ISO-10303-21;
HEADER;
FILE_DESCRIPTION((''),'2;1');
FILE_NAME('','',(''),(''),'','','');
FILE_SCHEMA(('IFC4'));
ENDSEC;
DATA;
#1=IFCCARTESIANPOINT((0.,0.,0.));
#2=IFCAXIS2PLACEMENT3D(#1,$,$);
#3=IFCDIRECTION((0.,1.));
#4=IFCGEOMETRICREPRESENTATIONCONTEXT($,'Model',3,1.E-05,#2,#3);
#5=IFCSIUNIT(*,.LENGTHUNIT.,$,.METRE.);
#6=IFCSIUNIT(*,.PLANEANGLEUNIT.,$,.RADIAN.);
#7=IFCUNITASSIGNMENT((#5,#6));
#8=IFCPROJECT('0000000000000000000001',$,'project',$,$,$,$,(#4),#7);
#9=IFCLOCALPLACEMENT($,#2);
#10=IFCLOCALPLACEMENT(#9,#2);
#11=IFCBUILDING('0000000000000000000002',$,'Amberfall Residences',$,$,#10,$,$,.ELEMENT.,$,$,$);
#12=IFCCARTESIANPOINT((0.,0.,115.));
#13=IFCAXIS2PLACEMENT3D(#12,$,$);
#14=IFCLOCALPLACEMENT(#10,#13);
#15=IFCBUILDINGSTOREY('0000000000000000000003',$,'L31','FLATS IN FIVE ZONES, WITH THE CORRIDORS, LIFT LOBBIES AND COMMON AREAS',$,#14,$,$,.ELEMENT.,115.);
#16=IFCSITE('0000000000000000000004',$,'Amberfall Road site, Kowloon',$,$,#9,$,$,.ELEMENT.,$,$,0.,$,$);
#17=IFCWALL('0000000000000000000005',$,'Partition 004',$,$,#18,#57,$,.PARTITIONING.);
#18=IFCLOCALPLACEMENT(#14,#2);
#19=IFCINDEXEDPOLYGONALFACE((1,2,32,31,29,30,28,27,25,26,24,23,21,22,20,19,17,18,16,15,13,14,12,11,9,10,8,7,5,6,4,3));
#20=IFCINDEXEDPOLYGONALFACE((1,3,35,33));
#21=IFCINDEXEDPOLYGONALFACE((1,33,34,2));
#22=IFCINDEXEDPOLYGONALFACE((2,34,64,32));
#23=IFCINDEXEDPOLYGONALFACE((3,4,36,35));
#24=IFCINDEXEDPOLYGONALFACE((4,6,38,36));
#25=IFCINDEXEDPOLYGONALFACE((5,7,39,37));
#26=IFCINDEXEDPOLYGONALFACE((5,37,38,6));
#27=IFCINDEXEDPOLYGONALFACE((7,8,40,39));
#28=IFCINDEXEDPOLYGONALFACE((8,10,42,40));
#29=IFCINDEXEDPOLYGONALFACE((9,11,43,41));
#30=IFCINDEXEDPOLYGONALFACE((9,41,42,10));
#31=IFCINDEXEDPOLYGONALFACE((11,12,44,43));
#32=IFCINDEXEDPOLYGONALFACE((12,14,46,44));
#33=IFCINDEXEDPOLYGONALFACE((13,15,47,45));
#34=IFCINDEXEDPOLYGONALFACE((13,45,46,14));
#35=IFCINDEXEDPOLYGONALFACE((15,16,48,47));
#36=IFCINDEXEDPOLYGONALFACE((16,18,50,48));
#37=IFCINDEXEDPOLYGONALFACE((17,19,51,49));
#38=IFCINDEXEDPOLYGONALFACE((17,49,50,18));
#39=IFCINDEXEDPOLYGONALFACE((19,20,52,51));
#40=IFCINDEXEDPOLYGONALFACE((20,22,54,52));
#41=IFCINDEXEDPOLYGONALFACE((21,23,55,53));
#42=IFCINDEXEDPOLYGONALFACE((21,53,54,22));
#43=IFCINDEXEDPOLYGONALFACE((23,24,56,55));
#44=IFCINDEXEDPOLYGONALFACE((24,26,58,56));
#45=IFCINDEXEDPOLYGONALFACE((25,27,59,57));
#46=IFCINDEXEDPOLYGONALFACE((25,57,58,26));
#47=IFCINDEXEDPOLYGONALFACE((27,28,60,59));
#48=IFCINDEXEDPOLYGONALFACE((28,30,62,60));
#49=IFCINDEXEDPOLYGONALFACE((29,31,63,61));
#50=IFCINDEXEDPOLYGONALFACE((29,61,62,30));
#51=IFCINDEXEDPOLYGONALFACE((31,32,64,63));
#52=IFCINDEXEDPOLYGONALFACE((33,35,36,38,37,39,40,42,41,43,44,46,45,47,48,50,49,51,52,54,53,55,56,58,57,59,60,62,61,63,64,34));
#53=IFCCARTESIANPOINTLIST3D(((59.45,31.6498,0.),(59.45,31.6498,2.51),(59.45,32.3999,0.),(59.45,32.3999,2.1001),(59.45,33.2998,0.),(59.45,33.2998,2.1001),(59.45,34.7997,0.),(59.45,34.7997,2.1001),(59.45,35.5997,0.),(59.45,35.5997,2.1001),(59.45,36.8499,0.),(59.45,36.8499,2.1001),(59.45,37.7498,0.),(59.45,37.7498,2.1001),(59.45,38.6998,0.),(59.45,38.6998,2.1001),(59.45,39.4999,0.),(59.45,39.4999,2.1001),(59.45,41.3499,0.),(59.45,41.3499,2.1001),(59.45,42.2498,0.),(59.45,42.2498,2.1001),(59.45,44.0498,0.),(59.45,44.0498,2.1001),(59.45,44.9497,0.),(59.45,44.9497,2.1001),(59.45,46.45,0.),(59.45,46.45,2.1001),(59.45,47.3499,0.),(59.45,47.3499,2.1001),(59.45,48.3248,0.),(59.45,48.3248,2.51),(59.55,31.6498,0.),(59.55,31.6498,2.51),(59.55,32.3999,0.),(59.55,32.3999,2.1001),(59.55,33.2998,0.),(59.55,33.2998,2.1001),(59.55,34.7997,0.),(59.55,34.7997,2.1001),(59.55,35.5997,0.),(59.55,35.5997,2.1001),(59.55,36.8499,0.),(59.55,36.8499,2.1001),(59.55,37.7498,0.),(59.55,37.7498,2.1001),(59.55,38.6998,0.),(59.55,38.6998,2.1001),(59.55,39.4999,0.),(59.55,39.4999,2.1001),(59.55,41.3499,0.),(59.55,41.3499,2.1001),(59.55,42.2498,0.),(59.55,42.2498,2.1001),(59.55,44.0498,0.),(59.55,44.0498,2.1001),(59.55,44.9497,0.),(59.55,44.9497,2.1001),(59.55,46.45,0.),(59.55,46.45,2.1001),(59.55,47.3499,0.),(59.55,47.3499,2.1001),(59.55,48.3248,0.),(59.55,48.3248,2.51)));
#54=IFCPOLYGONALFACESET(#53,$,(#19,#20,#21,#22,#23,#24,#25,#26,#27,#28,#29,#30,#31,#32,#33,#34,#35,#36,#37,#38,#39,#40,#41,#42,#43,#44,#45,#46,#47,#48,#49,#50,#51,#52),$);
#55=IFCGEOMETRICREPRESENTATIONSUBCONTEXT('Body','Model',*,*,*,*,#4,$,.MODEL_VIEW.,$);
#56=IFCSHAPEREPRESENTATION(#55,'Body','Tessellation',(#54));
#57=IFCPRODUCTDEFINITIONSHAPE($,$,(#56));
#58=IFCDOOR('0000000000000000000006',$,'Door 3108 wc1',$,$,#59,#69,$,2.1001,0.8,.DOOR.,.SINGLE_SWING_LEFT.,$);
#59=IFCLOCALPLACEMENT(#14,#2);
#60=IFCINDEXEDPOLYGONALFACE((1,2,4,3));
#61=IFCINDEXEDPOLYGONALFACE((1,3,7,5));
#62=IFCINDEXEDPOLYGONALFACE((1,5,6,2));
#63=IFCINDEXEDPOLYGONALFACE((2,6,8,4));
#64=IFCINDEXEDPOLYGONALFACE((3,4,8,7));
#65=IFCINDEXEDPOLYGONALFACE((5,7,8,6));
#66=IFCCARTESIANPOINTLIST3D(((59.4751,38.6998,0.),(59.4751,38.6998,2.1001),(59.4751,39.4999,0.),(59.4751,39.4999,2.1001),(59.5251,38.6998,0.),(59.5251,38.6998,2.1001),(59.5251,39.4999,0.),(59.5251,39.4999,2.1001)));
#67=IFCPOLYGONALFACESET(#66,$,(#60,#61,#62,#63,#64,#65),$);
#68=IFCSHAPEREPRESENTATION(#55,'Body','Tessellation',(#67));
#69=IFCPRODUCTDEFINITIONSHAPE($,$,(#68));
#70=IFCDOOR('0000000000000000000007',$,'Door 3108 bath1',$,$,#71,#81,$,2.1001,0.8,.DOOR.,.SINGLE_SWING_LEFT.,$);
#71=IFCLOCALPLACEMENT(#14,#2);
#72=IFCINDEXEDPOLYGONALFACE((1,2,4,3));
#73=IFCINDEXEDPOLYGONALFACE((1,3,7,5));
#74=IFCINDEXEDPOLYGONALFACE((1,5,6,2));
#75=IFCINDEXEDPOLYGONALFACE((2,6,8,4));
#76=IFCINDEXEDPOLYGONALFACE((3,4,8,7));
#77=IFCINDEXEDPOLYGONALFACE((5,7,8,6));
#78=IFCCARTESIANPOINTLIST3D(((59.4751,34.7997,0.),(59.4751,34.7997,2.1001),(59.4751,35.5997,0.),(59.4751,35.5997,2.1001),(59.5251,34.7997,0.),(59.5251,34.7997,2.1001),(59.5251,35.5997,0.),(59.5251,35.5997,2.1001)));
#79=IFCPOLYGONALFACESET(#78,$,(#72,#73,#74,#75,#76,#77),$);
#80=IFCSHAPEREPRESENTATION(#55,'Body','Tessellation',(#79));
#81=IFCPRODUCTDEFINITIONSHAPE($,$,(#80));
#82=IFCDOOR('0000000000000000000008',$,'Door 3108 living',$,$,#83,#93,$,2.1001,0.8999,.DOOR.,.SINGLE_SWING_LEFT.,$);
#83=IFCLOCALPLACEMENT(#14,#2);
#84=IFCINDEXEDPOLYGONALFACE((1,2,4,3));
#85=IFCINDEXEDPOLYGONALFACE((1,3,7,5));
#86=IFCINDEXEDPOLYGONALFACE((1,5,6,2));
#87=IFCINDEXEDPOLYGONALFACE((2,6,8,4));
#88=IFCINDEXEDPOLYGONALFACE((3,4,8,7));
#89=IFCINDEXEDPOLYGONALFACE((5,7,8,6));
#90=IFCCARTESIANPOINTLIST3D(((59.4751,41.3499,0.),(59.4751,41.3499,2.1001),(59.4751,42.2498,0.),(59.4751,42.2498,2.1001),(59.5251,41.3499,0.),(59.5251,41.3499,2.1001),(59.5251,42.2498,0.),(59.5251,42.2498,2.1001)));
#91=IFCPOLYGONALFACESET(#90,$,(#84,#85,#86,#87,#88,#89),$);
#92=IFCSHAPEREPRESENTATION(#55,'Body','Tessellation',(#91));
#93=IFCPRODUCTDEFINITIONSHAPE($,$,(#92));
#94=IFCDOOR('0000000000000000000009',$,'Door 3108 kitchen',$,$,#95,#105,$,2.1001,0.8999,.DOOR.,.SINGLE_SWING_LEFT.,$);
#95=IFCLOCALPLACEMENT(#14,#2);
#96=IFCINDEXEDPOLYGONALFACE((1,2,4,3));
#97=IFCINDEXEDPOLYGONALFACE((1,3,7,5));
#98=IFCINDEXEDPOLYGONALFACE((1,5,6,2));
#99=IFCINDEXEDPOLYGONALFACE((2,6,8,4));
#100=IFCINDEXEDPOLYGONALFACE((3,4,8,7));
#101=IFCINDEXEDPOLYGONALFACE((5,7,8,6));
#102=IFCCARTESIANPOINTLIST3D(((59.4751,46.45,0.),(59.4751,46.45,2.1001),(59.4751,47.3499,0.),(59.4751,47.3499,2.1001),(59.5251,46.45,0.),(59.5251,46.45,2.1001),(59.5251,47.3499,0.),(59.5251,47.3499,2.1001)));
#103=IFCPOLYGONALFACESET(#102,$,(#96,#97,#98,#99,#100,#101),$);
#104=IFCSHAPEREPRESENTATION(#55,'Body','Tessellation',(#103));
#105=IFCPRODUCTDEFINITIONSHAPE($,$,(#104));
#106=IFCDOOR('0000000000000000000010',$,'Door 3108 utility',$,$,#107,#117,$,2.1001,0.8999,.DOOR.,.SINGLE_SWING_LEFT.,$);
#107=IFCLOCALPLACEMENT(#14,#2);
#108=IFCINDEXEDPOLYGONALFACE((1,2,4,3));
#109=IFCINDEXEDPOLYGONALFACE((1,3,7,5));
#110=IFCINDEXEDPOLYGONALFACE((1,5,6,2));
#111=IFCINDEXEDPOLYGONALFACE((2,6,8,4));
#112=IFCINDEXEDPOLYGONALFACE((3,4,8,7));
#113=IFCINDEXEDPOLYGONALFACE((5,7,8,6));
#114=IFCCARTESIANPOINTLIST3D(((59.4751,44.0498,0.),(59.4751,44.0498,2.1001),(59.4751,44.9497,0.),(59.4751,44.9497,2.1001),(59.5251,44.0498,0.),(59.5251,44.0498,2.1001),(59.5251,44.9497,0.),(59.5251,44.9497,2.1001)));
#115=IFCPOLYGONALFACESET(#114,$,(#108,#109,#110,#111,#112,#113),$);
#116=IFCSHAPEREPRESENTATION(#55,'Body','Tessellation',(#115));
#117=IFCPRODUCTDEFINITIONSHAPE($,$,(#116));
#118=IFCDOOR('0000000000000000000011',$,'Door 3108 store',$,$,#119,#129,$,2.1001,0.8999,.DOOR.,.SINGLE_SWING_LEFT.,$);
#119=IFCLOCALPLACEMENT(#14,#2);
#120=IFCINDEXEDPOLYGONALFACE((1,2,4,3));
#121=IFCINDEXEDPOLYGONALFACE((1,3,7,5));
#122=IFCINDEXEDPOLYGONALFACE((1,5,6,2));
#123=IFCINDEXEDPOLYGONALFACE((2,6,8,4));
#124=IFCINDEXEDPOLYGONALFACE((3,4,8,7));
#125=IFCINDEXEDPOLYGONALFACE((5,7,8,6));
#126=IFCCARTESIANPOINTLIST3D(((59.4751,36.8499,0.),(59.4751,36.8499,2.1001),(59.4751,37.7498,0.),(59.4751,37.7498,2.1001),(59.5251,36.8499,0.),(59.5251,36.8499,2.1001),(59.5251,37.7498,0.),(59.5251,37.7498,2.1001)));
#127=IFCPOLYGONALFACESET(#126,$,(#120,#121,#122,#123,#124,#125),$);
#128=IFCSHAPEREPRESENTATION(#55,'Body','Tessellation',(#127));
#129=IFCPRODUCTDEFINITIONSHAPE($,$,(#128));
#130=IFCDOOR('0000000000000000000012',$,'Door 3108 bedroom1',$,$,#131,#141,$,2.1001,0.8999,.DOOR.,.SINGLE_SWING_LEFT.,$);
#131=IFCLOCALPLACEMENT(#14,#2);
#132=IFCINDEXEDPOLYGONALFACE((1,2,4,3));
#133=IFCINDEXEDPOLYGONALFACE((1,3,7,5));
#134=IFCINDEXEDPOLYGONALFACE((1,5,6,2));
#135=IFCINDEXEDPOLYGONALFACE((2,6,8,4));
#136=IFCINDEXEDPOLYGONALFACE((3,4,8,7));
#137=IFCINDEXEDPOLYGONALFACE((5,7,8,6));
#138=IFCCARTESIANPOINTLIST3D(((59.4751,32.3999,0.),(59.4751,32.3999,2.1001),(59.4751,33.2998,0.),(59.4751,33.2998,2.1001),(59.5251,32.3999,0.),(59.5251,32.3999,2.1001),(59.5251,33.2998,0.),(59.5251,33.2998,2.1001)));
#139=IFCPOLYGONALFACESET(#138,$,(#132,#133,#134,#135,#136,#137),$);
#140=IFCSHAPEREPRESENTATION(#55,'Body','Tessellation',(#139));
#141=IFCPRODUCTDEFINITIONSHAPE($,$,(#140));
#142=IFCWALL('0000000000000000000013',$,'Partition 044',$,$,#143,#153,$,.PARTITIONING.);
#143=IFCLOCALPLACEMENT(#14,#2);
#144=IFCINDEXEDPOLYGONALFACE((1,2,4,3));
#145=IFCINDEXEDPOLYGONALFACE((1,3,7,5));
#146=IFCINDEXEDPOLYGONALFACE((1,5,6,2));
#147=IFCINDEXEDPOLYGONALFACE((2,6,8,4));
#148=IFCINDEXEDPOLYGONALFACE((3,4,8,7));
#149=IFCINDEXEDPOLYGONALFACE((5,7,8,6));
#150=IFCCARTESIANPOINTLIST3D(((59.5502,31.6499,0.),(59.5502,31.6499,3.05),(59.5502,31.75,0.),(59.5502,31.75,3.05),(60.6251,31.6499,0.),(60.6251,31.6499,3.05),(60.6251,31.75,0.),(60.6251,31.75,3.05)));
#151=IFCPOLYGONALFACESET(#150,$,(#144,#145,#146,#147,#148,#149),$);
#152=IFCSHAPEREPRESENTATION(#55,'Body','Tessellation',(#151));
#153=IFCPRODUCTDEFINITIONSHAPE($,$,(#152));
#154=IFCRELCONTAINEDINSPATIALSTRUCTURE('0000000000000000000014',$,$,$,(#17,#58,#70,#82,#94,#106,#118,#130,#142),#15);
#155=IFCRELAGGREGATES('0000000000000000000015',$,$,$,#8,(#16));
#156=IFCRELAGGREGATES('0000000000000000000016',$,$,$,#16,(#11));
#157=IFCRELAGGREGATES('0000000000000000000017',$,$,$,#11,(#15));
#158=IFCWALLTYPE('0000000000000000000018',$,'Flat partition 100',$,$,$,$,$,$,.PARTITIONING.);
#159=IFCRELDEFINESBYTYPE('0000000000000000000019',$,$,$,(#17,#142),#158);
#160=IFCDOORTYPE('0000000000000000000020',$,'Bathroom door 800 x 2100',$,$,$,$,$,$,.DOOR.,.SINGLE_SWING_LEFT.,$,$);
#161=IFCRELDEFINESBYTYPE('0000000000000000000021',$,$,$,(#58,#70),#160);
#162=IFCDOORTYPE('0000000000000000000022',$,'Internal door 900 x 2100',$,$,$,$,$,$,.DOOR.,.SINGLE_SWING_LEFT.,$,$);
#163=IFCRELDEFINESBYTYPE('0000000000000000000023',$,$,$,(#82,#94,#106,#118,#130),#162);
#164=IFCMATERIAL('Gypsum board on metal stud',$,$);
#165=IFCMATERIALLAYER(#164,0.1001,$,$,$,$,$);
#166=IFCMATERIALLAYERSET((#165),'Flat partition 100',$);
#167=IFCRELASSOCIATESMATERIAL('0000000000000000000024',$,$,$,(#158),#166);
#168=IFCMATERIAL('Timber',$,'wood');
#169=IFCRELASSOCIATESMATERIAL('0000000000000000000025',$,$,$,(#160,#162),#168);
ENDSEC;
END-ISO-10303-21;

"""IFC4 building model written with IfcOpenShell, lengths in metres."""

from ifc_helpers import new_model, si_unit, direction, frame, frame_2d, origin, place, context, subcontext, project, spatial, rectangle, extrude, material, layer, layer_set, type_object, element, fill, save


model = new_model("IFC4")

# Units and contexts
model_context = context("Model", 3, precision=1e-05, world=origin(), true_north=direction((0.0, 1.0)))
body_context = subcontext(model_context, "Body", "Model", "MODEL_VIEW")
ifc_project = project(units=[si_unit("LENGTHUNIT", "METRE"), si_unit("PLANEANGLEUNIT", "RADIAN")], contexts=[model_context])

# Site, building, storey
site_placement = place(None, origin())
site = spatial("IfcSite", under=ifc_project, at=site_placement, Name="Amberfall Road site, Kowloon", CompositionType="ELEMENT", RefElevation=0.0)
building_placement = place(site_placement, origin())
building = spatial("IfcBuilding", under=site, at=building_placement, Name="Amberfall Residences", CompositionType="ELEMENT")
storey_placement = place(building_placement, frame((0.0, 0.0, 115.0)))
storey = spatial("IfcBuildingStorey", under=building, at=storey_placement, Name="L31", Description="FLATS IN FIVE ZONES, WITH THE CORRIDORS, LIFT LOBBIES AND COMMON AREAS", CompositionType="ELEMENT", Elevation=115.0)

# Wall, openings, doors
ifc_material_1 = material(Name="Gypsum board on metal stud")
ifc_layer_1 = layer(ifc_material_1, 0.1001)
ifc_layer_set_1 = layer_set([ifc_layer_1], Name="Flat partition 100")
wall_type_1 = type_object("IfcWallType", Name="Flat partition 100", PredefinedType="PARTITIONING", material=ifc_layer_set_1)
wall_1_placement = place(storey_placement, frame((59.5, 31.6499, 0.0), z_axis=(0.0, 0.0, 1.0), x_axis=(0.0, 1.0, 0.0)))
wall_1 = element("IfcWall", 1, at=wall_1_placement, inside=storey, type_object=wall_type_1, Name="Partition 004", PredefinedType="PARTITIONING", context=body_context, shape_type="SweptSolid", body=[
    extrude(rectangle(XDim=16.675, YDim=0.1001, at=frame_2d((8.3374, 0.0))), origin(), (0.0, 0.0, 1.0), 2.51),
])
opening_1_placement = place(wall_1_placement, frame((9.7, 0.0, 0.0)))
opening_1 = element("IfcOpeningElement", 2, at=opening_1_placement, cuts=wall_1, PredefinedType="OPENING", context=body_context, shape_type="SweptSolid", body=[
    extrude(rectangle(XDim=0.8999, YDim=2.1001, at=frame_2d((0.45, 1.05))), frame((0.0, 0.0601, 0.0), z_axis=(0.0, -1.0, 0.0), x_axis=(1.0, 0.0, 0.0)), (0.0, 0.0, 1.0), 0.1201),
])
opening_2_placement = place(wall_1_placement, frame((14.8, 0.0, 0.0)))
opening_2 = element("IfcOpeningElement", 3, at=opening_2_placement, cuts=wall_1, PredefinedType="OPENING", context=body_context, shape_type="SweptSolid", body=[
    extrude(rectangle(XDim=0.8999, YDim=2.1001, at=frame_2d((0.45, 1.05))), frame((0.0, 0.0601, 0.0), z_axis=(0.0, -1.0, 0.0), x_axis=(1.0, 0.0, 0.0)), (0.0, 0.0, 1.0), 0.1201),
])
opening_3_placement = place(wall_1_placement, frame((12.3999, 0.0, 0.0)))
opening_3 = element("IfcOpeningElement", 4, at=opening_3_placement, cuts=wall_1, PredefinedType="OPENING", context=body_context, shape_type="SweptSolid", body=[
    extrude(rectangle(XDim=0.8999, YDim=2.1001, at=frame_2d((0.45, 1.05))), frame((0.0, 0.0601, 0.0), z_axis=(0.0, -1.0, 0.0), x_axis=(1.0, 0.0, 0.0)), (0.0, 0.0, 1.0), 0.1201),
])
opening_4_placement = place(wall_1_placement, frame((5.2, 0.0, 0.0)))
opening_4 = element("IfcOpeningElement", 5, at=opening_4_placement, cuts=wall_1, PredefinedType="OPENING", context=body_context, shape_type="SweptSolid", body=[
    extrude(rectangle(XDim=0.8999, YDim=2.1001, at=frame_2d((0.45, 1.05))), frame((0.0, 0.0601, 0.0), z_axis=(0.0, -1.0, 0.0), x_axis=(1.0, 0.0, 0.0)), (0.0, 0.0, 1.0), 0.1201),
])
opening_5_placement = place(wall_1_placement, frame((7.05, 0.0, 0.0)))
opening_5 = element("IfcOpeningElement", 6, at=opening_5_placement, cuts=wall_1, PredefinedType="OPENING", context=body_context, shape_type="SweptSolid", body=[
    extrude(rectangle(XDim=0.8, YDim=2.1001, at=frame_2d((0.3999, 1.05))), frame((0.0, 0.0601, 0.0), z_axis=(0.0, -1.0, 0.0), x_axis=(1.0, 0.0, 0.0)), (0.0, 0.0, 1.0), 0.1201),
])
opening_6_placement = place(wall_1_placement, frame((0.75, 0.0, 0.0)))
opening_6 = element("IfcOpeningElement", 7, at=opening_6_placement, cuts=wall_1, PredefinedType="OPENING", context=body_context, shape_type="SweptSolid", body=[
    extrude(rectangle(XDim=0.8999, YDim=2.1001, at=frame_2d((0.45, 1.05))), frame((0.0, 0.0601, 0.0), z_axis=(0.0, -1.0, 0.0), x_axis=(1.0, 0.0, 0.0)), (0.0, 0.0, 1.0), 0.1201),
])
opening_7_placement = place(wall_1_placement, frame((3.1499, 0.0, 0.0)))
opening_7 = element("IfcOpeningElement", 8, at=opening_7_placement, cuts=wall_1, PredefinedType="OPENING", context=body_context, shape_type="SweptSolid", body=[
    extrude(rectangle(XDim=0.8, YDim=2.1001, at=frame_2d((0.3999, 1.05))), frame((0.0, 0.0601, 0.0), z_axis=(0.0, -1.0, 0.0), x_axis=(1.0, 0.0, 0.0)), (0.0, 0.0, 1.0), 0.1201),
])
ifc_material_2 = material(Name="Timber", Category="wood")
door_type_1 = type_object("IfcDoorType", Name="Bathroom door 800 x 2100", OperationType="SINGLE_SWING_LEFT", PredefinedType="DOOR", material=ifc_material_2)
door_1_placement = place(opening_5_placement, origin())
door_1 = element("IfcDoor", 9, at=door_1_placement, inside=storey, type_object=door_type_1, Name="Door 3108 wc1", OperationType="SINGLE_SWING_LEFT", OverallHeight=2.1001, OverallWidth=0.8, PredefinedType="DOOR", context=body_context, shape_type="SweptSolid", body=[
    extrude(rectangle(XDim=0.8, YDim=2.1001, at=frame_2d((0.3999, 1.05))), frame((0.0, 0.0249, 0.0), z_axis=(0.0, -1.0, 0.0), x_axis=(1.0, 0.0, 0.0)), (0.0, 0.0, 1.0), 0.05),
])
fill(opening_5, door_1)
door_2_placement = place(opening_7_placement, origin())
door_2 = element("IfcDoor", 10, at=door_2_placement, inside=storey, type_object=door_type_1, Name="Door 3108 bath1", OperationType="SINGLE_SWING_LEFT", OverallHeight=2.1001, OverallWidth=0.8, PredefinedType="DOOR", context=body_context, shape_type="SweptSolid", body=[
    extrude(rectangle(XDim=0.8, YDim=2.1001, at=frame_2d((0.3999, 1.05))), frame((0.0, 0.0249, 0.0), z_axis=(0.0, -1.0, 0.0), x_axis=(1.0, 0.0, 0.0)), (0.0, 0.0, 1.0), 0.05),
])
fill(opening_7, door_2)
door_type_2 = type_object("IfcDoorType", Name="Internal door 900 x 2100", OperationType="SINGLE_SWING_LEFT", PredefinedType="DOOR", material=ifc_material_2)
door_3_placement = place(opening_1_placement, origin())
door_3 = element("IfcDoor", 11, at=door_3_placement, inside=storey, type_object=door_type_2, Name="Door 3108 living", OperationType="SINGLE_SWING_LEFT", OverallHeight=2.1001, OverallWidth=0.8999, PredefinedType="DOOR", context=body_context, shape_type="SweptSolid", body=[
    extrude(rectangle(XDim=0.8999, YDim=2.1001, at=frame_2d((0.45, 1.05))), frame((0.0, 0.0249, 0.0), z_axis=(0.0, -1.0, 0.0), x_axis=(1.0, 0.0, 0.0)), (0.0, 0.0, 1.0), 0.05),
])
fill(opening_1, door_3)
door_4_placement = place(opening_2_placement, origin())
door_4 = element("IfcDoor", 12, at=door_4_placement, inside=storey, type_object=door_type_2, Name="Door 3108 kitchen", OperationType="SINGLE_SWING_LEFT", OverallHeight=2.1001, OverallWidth=0.8999, PredefinedType="DOOR", context=body_context, shape_type="SweptSolid", body=[
    extrude(rectangle(XDim=0.8999, YDim=2.1001, at=frame_2d((0.45, 1.05))), frame((0.0, 0.0249, 0.0), z_axis=(0.0, -1.0, 0.0), x_axis=(1.0, 0.0, 0.0)), (0.0, 0.0, 1.0), 0.05),
])
fill(opening_2, door_4)
door_5_placement = place(opening_3_placement, origin())
door_5 = element("IfcDoor", 13, at=door_5_placement, inside=storey, type_object=door_type_2, Name="Door 3108 utility", OperationType="SINGLE_SWING_LEFT", OverallHeight=2.1001, OverallWidth=0.8999, PredefinedType="DOOR", context=body_context, shape_type="SweptSolid", body=[
    extrude(rectangle(XDim=0.8999, YDim=2.1001, at=frame_2d((0.45, 1.05))), frame((0.0, 0.0249, 0.0), z_axis=(0.0, -1.0, 0.0), x_axis=(1.0, 0.0, 0.0)), (0.0, 0.0, 1.0), 0.05),
])
fill(opening_3, door_5)
door_6_placement = place(opening_4_placement, origin())
door_6 = element("IfcDoor", 14, at=door_6_placement, inside=storey, type_object=door_type_2, Name="Door 3108 store", OperationType="SINGLE_SWING_LEFT", OverallHeight=2.1001, OverallWidth=0.8999, PredefinedType="DOOR", context=body_context, shape_type="SweptSolid", body=[
    extrude(rectangle(XDim=0.8999, YDim=2.1001, at=frame_2d((0.45, 1.05))), frame((0.0, 0.0249, 0.0), z_axis=(0.0, -1.0, 0.0), x_axis=(1.0, 0.0, 0.0)), (0.0, 0.0, 1.0), 0.05),
])
fill(opening_4, door_6)
door_7_placement = place(opening_6_placement, origin())
door_7 = element("IfcDoor", 15, at=door_7_placement, inside=storey, type_object=door_type_2, Name="Door 3108 bedroom1", OperationType="SINGLE_SWING_LEFT", OverallHeight=2.1001, OverallWidth=0.8999, PredefinedType="DOOR", context=body_context, shape_type="SweptSolid", body=[
    extrude(rectangle(XDim=0.8999, YDim=2.1001, at=frame_2d((0.45, 1.05))), frame((0.0, 0.0249, 0.0), z_axis=(0.0, -1.0, 0.0), x_axis=(1.0, 0.0, 0.0)), (0.0, 0.0, 1.0), 0.05),
])
fill(opening_6, door_7)

# Wall
wall_2_placement = place(storey_placement, frame((59.55, 31.7, 0.0), z_axis=(0.0, 0.0, 1.0), x_axis=(1.0, 0.0, 0.0)))
element("IfcWall", 16, at=wall_2_placement, inside=storey, type_object=wall_type_1, Name="Partition 044", PredefinedType="PARTITIONING", context=body_context, shape_type="SweptSolid", body=[
    extrude(rectangle(XDim=1.075, YDim=0.1001, at=frame_2d((0.5376, 0.0))), origin(), (0.0, 0.0, 1.0), 3.05),
])

save(model, "model.ifc")
